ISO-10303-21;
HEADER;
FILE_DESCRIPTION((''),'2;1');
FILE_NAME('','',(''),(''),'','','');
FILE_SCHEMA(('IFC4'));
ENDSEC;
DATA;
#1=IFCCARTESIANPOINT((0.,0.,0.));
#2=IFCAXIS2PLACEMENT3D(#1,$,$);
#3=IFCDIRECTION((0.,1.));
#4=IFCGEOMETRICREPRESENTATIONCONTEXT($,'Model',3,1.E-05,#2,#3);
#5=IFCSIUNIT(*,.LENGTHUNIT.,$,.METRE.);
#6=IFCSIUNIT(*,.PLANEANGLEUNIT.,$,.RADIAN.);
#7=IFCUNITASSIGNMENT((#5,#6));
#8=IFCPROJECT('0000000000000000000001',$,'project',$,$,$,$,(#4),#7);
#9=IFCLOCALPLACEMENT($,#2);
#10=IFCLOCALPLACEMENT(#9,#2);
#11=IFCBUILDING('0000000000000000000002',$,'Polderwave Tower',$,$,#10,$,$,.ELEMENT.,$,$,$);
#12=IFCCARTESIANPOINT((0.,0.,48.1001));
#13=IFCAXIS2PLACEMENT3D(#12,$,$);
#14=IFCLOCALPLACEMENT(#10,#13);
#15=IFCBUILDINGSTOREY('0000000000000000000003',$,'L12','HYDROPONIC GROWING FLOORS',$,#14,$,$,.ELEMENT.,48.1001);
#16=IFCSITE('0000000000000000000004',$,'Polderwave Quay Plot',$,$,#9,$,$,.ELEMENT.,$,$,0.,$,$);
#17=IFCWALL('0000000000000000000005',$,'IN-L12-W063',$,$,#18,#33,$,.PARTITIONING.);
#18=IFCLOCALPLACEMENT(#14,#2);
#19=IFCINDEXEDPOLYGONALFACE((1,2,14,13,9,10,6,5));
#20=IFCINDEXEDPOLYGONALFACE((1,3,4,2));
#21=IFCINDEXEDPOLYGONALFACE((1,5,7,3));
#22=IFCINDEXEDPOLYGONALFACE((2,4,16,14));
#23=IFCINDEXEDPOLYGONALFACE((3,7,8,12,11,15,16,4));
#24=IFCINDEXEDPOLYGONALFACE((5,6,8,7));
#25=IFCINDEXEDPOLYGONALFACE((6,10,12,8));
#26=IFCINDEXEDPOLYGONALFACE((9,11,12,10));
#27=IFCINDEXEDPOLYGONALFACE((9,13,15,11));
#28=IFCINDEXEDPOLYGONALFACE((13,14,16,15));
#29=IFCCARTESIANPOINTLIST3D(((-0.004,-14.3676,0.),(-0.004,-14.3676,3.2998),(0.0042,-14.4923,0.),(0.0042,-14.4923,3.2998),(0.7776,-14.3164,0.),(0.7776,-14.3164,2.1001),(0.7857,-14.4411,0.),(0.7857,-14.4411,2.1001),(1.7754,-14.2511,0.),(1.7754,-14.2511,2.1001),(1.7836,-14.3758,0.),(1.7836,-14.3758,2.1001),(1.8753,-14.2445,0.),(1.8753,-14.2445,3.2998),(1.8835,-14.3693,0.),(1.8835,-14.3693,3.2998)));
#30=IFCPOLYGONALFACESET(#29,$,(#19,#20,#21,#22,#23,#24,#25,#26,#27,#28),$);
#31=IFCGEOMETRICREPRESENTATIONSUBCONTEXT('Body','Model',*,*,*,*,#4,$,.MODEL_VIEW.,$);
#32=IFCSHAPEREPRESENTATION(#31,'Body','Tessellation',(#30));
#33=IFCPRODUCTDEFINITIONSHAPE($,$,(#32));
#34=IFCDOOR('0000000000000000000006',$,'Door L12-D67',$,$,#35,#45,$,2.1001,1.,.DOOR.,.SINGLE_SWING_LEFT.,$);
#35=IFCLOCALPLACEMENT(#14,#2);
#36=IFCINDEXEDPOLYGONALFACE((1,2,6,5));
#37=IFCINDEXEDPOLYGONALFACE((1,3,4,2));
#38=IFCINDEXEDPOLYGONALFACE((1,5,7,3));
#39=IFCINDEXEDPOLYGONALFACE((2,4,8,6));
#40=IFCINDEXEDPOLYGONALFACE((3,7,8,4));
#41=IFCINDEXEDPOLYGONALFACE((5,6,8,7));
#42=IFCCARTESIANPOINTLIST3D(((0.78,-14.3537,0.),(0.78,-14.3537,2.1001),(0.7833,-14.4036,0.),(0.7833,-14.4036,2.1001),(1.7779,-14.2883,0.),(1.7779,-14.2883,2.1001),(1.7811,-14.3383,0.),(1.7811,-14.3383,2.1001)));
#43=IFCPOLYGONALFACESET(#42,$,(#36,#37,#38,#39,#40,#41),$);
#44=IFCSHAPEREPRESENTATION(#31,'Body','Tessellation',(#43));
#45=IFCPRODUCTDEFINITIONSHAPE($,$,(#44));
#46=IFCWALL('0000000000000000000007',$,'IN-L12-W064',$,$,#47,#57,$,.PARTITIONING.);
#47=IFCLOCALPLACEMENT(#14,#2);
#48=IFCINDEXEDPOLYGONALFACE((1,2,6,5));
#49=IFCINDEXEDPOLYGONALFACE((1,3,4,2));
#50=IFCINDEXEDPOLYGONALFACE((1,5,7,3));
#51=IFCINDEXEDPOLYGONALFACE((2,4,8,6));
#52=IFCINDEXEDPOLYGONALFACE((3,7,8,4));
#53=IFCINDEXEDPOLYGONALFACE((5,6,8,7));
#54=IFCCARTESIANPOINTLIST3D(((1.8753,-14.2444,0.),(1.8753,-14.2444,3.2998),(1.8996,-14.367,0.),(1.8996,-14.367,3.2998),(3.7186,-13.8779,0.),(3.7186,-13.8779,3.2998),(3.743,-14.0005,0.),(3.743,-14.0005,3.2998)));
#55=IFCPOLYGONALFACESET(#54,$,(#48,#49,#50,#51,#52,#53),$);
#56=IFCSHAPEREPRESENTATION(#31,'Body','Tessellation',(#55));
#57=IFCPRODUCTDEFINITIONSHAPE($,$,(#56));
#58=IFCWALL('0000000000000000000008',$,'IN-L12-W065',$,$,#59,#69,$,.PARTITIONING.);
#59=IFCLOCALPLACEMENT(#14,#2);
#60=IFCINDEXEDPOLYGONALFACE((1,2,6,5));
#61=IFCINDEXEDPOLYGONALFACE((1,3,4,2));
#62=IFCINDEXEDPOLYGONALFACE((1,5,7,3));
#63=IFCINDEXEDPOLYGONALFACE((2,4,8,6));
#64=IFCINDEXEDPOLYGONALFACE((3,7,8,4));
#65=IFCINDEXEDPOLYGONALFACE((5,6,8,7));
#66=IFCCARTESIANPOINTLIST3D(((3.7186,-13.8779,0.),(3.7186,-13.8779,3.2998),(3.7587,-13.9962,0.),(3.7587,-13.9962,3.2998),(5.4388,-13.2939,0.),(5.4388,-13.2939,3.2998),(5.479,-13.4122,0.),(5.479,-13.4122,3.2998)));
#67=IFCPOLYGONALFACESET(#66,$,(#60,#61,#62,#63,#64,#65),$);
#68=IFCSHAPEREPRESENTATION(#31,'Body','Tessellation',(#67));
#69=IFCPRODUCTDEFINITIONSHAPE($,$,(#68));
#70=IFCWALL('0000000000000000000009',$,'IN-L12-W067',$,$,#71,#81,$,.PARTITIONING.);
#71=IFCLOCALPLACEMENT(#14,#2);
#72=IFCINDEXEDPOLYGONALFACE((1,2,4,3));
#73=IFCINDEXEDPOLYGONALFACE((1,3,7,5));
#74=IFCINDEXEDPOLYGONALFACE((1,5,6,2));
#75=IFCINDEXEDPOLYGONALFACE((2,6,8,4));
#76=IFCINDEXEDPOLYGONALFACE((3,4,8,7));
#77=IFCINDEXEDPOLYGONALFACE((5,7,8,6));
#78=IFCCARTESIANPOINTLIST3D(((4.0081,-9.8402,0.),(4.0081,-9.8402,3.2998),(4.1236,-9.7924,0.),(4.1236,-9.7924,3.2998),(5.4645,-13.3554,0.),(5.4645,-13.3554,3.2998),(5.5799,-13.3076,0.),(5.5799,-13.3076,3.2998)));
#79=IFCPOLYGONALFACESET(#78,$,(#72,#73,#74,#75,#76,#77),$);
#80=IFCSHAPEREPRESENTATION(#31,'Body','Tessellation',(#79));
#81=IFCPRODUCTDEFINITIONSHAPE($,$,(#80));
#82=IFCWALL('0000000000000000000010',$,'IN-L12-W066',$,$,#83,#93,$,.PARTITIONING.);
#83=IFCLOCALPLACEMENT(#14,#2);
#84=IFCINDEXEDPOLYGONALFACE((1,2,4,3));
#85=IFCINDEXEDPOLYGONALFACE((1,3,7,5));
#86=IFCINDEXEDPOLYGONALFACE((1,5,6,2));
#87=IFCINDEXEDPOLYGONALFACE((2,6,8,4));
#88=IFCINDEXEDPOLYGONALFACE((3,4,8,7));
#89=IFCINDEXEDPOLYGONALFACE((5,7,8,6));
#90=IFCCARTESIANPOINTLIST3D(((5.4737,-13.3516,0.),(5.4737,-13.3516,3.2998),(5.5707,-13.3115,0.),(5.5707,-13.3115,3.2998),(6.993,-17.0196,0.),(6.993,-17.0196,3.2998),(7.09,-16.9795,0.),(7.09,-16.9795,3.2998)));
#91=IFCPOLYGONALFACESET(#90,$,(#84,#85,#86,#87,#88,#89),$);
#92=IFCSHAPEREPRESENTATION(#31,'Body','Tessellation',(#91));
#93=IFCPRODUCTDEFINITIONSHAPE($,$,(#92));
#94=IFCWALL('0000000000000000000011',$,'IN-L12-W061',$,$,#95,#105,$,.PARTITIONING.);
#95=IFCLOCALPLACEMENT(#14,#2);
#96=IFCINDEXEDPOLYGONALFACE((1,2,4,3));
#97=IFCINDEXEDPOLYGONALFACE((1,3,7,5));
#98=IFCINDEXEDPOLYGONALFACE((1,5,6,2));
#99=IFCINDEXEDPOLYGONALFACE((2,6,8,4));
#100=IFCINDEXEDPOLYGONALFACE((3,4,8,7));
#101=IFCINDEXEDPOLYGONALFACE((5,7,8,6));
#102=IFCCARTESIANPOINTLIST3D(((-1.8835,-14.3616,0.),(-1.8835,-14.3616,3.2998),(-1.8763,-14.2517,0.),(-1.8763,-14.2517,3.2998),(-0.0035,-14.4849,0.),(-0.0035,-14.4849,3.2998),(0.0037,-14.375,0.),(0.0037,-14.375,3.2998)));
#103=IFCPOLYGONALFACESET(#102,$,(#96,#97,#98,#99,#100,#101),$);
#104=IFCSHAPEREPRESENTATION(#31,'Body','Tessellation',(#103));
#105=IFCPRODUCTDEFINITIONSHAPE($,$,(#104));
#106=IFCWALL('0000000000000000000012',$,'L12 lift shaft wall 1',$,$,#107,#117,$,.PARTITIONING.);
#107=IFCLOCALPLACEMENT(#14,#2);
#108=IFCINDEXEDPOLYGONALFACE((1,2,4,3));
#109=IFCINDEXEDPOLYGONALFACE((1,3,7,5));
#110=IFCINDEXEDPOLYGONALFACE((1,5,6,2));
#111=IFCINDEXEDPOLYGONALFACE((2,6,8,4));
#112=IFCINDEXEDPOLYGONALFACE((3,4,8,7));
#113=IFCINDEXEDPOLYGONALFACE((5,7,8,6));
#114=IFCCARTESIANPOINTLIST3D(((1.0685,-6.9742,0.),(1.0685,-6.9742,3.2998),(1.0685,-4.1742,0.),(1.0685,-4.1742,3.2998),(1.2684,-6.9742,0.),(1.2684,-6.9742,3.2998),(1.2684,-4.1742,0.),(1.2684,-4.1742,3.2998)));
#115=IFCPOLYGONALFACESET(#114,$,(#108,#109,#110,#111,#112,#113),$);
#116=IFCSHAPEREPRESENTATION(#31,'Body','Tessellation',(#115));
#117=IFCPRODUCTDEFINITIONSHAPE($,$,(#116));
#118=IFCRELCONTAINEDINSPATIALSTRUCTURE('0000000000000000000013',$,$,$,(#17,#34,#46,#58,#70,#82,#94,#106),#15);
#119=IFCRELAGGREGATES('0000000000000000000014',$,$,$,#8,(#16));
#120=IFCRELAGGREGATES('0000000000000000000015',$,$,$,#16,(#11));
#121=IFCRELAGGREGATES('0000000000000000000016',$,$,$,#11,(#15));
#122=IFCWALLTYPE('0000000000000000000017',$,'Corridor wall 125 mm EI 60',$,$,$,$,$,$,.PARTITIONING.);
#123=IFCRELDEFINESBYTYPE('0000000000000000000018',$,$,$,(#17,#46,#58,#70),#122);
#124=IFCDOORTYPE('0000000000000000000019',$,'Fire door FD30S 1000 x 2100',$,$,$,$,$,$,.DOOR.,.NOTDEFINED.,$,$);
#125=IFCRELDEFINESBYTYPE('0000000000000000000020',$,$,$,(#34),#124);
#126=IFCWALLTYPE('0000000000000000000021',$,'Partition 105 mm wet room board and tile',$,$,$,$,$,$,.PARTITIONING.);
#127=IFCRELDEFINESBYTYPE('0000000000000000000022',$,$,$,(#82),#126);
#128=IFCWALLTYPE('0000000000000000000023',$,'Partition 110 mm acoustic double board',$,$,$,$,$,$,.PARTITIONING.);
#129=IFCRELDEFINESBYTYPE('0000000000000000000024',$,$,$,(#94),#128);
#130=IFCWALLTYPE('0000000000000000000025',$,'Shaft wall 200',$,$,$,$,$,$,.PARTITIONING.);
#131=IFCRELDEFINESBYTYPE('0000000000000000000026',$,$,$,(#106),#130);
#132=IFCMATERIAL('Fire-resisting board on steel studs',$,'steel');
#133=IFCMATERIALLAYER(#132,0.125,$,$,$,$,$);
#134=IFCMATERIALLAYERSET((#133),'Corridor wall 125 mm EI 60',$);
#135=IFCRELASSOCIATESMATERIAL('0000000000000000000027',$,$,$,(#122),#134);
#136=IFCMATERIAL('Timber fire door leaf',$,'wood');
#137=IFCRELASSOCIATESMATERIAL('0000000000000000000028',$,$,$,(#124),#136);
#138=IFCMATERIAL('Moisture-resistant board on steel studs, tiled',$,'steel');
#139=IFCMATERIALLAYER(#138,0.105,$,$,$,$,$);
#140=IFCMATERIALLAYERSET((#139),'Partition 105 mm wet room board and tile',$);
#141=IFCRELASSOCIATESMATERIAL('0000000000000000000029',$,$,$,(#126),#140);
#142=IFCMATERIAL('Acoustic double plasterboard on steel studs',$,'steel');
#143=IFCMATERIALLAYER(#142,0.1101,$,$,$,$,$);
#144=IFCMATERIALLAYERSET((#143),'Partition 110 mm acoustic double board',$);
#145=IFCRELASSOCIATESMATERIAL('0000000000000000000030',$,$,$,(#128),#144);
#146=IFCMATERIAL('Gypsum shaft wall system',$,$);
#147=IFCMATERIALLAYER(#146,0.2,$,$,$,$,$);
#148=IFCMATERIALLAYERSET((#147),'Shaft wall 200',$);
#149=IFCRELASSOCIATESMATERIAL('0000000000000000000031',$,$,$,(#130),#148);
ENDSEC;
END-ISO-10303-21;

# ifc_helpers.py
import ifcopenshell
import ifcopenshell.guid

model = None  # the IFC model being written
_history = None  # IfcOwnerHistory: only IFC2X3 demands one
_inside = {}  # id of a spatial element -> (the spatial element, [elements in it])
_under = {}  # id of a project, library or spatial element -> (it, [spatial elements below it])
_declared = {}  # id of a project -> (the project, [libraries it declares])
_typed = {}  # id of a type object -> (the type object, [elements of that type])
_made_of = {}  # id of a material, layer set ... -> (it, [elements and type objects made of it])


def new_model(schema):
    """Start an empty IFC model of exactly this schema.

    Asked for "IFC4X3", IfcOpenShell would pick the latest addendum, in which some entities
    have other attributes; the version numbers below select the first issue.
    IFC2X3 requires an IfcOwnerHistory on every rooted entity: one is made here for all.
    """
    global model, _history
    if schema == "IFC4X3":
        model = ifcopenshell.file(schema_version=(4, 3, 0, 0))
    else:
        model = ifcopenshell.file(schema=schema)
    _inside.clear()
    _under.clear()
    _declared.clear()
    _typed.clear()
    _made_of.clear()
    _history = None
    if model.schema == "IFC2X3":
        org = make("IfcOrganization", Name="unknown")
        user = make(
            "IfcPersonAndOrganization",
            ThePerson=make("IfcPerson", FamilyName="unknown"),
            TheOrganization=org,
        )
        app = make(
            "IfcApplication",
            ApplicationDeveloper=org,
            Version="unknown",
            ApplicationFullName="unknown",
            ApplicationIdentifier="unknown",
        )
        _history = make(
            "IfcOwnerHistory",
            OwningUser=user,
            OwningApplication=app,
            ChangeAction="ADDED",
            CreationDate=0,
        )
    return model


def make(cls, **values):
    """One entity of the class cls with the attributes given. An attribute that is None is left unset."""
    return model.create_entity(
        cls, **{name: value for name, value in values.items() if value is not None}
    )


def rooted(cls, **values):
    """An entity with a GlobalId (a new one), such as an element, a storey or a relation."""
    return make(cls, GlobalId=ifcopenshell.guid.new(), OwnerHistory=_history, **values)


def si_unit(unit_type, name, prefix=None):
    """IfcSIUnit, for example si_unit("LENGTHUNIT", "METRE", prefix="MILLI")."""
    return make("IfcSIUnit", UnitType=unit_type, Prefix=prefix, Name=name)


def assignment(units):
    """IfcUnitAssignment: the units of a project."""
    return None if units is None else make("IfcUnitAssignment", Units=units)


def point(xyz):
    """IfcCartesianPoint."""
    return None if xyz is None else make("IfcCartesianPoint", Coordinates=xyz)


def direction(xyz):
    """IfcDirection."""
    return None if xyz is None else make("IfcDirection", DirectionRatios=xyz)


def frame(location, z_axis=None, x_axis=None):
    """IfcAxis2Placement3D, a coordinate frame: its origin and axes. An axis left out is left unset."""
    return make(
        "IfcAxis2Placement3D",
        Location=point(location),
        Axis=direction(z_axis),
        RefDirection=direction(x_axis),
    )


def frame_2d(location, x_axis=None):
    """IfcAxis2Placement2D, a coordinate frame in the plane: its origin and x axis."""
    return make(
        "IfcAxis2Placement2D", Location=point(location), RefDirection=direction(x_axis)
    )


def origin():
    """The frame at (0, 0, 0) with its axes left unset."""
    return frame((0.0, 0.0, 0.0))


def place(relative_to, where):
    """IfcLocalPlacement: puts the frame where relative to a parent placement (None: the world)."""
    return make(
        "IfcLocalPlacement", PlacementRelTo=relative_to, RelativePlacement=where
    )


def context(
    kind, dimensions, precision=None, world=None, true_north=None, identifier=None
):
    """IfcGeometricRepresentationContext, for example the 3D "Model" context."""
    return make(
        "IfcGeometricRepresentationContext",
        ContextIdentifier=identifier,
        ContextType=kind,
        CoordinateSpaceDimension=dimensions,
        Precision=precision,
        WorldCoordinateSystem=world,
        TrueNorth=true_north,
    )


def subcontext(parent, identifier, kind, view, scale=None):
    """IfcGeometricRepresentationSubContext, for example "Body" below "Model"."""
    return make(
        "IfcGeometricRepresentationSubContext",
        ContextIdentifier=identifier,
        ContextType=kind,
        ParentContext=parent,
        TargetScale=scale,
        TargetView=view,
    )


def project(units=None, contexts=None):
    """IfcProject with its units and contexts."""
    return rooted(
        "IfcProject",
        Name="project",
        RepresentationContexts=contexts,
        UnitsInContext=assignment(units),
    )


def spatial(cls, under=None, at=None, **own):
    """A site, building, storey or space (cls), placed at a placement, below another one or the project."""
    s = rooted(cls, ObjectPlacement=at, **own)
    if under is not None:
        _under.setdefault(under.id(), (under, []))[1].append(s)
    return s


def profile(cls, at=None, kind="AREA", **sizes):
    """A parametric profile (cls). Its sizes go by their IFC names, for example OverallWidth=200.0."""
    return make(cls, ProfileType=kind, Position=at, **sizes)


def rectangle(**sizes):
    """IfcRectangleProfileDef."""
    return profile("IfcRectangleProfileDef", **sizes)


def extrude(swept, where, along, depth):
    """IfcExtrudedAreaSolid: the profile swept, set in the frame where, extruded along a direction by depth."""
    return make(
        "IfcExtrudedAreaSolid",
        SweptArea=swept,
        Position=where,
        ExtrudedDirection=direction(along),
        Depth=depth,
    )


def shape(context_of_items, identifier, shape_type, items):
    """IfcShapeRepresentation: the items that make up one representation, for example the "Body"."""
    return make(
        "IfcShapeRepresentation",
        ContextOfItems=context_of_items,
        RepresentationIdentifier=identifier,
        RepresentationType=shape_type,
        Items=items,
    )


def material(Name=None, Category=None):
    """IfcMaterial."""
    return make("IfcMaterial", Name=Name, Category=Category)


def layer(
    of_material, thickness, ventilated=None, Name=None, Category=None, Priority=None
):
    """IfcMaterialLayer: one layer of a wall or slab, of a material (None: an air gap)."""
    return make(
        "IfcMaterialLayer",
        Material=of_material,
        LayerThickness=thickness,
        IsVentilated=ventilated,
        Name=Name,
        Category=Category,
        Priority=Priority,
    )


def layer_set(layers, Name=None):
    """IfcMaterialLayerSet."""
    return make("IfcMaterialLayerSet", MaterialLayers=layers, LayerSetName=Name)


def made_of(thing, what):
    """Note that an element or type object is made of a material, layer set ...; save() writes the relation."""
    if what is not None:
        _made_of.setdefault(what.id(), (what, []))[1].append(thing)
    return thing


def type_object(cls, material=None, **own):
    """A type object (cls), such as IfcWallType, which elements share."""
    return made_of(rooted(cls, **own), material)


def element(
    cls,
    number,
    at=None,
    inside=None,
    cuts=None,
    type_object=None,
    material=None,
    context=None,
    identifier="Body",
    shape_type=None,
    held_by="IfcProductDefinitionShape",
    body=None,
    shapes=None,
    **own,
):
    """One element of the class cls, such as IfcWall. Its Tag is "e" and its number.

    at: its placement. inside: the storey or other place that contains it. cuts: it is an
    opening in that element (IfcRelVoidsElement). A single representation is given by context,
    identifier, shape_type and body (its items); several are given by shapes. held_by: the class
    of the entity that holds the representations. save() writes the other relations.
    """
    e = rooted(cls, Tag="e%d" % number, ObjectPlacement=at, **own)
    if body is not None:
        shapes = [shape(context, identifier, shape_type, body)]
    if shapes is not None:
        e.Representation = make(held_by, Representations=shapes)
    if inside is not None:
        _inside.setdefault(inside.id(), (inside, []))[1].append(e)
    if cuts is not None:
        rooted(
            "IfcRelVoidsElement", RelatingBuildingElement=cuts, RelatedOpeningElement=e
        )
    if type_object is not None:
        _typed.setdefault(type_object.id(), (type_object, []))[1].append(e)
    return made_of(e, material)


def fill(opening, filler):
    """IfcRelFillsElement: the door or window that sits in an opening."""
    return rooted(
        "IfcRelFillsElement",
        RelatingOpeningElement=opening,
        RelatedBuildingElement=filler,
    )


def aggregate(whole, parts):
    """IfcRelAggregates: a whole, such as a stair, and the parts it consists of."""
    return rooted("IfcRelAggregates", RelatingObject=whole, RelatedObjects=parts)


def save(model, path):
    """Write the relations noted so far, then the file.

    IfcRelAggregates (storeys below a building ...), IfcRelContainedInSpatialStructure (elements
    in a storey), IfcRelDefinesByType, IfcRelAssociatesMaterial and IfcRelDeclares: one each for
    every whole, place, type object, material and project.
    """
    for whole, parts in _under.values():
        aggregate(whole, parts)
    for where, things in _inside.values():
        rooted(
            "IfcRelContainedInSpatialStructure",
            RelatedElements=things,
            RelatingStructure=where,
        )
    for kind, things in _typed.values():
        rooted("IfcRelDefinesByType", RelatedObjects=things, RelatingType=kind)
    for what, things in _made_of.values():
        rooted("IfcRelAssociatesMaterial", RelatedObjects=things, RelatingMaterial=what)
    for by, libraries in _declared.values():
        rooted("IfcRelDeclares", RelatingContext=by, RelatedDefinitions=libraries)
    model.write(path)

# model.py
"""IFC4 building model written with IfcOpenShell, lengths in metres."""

from ifc_helpers import new_model, si_unit, direction, frame, frame_2d, origin, place, context, subcontext, project, spatial, rectangle, extrude, material, layer, layer_set, type_object, element, fill, save


model = new_model("IFC4")

# Units and contexts
model_context = context("Model", 3, precision=1e-05, world=origin(), true_north=direction((0.0, 1.0)))
body_context = subcontext(model_context, "Body", "Model", "MODEL_VIEW")
ifc_project = project(units=[si_unit("LENGTHUNIT", "METRE"), si_unit("PLANEANGLEUNIT", "RADIAN")], contexts=[model_context])

# Site, building, storey
site_placement = place(None, origin())
site = spatial("IfcSite", under=ifc_project, at=site_placement, Name="Polderwave Quay Plot", CompositionType="ELEMENT", RefElevation=0.0)
building_placement = place(site_placement, origin())
building = spatial("IfcBuilding", under=site, at=building_placement, Name="Polderwave Tower", CompositionType="ELEMENT")
storey_placement = place(building_placement, frame((0.0, 0.0, 48.1001)))
storey = spatial("IfcBuildingStorey", under=building, at=storey_placement, Name="L12", Description="HYDROPONIC GROWING FLOORS", CompositionType="ELEMENT", Elevation=48.1001)

# Shared definitions
ifc_material_1 = material(Name="Fire-resisting board on steel studs", Category="steel")
ifc_layer_1 = layer(ifc_material_1, 0.125)
ifc_layer_set_1 = layer_set([ifc_layer_1], Name="Corridor wall 125 mm EI 60")
wall_type_1 = type_object("IfcWallType", Name="Corridor wall 125 mm EI 60", PredefinedType="PARTITIONING", material=ifc_layer_set_1)

# Wall, opening, door
ifc_material_2 = material(Name="Timber fire door leaf", Category="wood")
door_type = type_object("IfcDoorType", Name="Fire door FD30S 1000 x 2100", OperationType="NOTDEFINED", PredefinedType="DOOR", material=ifc_material_2)
wall_1_placement = place(storey_placement, frame((1.8794, -14.3069, 0.0), z_axis=(0.0, 0.0, 1.0), x_axis=(-0.997864, -0.065332, 0.0)))
wall_1 = element("IfcWall", 1, at=wall_1_placement, inside=storey, type_object=wall_type_1, Name="IN-L12-W063", PredefinedType="PARTITIONING", context=body_context, shape_type="SweptSolid", body=[
    extrude(rectangle(XDim=1.8833, YDim=0.125, at=frame_2d((0.9417, 0.0))), origin(), (0.0, 0.0, 1.0), 3.2998),
])
opening_1_placement = place(wall_1_placement, frame((0.1001, 0.0, 0.0)))
opening_1 = element("IfcOpeningElement", 2, at=opening_1_placement, cuts=wall_1, PredefinedType="OPENING", context=body_context, shape_type="SweptSolid", body=[
    extrude(rectangle(XDim=1.0, YDim=2.1001, at=frame_2d((0.5, 1.05))), frame((0.0, 0.0725, 0.0), z_axis=(0.0, -1.0, 0.0), x_axis=(1.0, 0.0, 0.0)), (0.0, 0.0, 1.0), 0.145),
])
door_1_placement = place(opening_1_placement, origin())
door_1 = element("IfcDoor", 3, at=door_1_placement, inside=storey, type_object=door_type, Name="Door L12-D67", OperationType="SINGLE_SWING_LEFT", OverallHeight=2.1001, OverallWidth=1.0, PredefinedType="DOOR", context=body_context, shape_type="SweptSolid", body=[
    extrude(rectangle(XDim=1.0, YDim=2.1001, at=frame_2d((0.5, 1.05))), frame((0.0, 0.0249, 0.0), z_axis=(0.0, -1.0, 0.0), x_axis=(1.0, 0.0, 0.0)), (0.0, 0.0, 1.0), 0.05),
])
fill(opening_1, door_1)

# Walls
wall_2_placement = place(storey_placement, frame((1.8875, -14.3057, 0.0), z_axis=(0.0, 0.0, 1.0), x_axis=(0.980805, 0.194992, 0.0)))
element("IfcWall", 4, at=wall_2_placement, inside=storey, type_object=wall_type_1, Name="IN-L12-W064", PredefinedType="PARTITIONING", context=body_context, shape_type="SweptSolid", body=[
    extrude(rectangle(XDim=1.8794, YDim=0.125, at=frame_2d((0.9397, 0.0))), origin(), (0.0, 0.0, 1.0), 3.2998),
])
wall_3_placement = place(storey_placement, frame((3.7388, -13.937, 0.0), z_axis=(0.0, 0.0, 1.0), x_axis=(0.946922, 0.321464, 0.0)))
element("IfcWall", 5, at=wall_3_placement, inside=storey, type_object=wall_type_1, Name="IN-L12-W065", PredefinedType="PARTITIONING", context=body_context, shape_type="SweptSolid", body=[
    extrude(rectangle(XDim=1.8167, YDim=0.125, at=frame_2d((0.9082, 0.0))), origin(), (0.0, 0.0, 1.0), 3.2998),
])
wall_4_placement = place(storey_placement, frame((4.0659, -9.8164, 0.0), z_axis=(0.0, 0.0, 1.0), x_axis=(0.382747, -0.923853, 0.0)))
element("IfcWall", 6, at=wall_4_placement, inside=storey, type_object=wall_type_1, Name="IN-L12-W067", PredefinedType="PARTITIONING", context=body_context, shape_type="SweptSolid", body=[
    extrude(rectangle(XDim=3.8049, YDim=0.125, at=frame_2d((1.9023, 0.0))), origin(), (0.0, 0.0, 1.0), 3.2998),
])
ifc_material_3 = material(Name="Moisture-resistant board on steel studs, tiled", Category="steel")
ifc_layer_2 = layer(ifc_material_3, 0.105)
ifc_layer_set_2 = layer_set([ifc_layer_2], Name="Partition 105 mm wet room board and tile")
wall_type_2 = type_object("IfcWallType", Name="Partition 105 mm wet room board and tile", PredefinedType="PARTITIONING", material=ifc_layer_set_2)
wall_5_placement = place(storey_placement, frame((5.5222, -13.3315, 0.0), z_axis=(0.0, 0.0, 1.0), x_axis=(0.382676, -0.923883, 0.0)))
element("IfcWall", 7, at=wall_5_placement, inside=storey, type_object=wall_type_2, Name="IN-L12-W066", PredefinedType="PARTITIONING", context=body_context, shape_type="SweptSolid", body=[
    extrude(rectangle(XDim=3.9702, YDim=0.105, at=frame_2d((1.9851, 0.0))), origin(), (0.0, 0.0, 1.0), 3.2998),
])
ifc_material_4 = material(Name="Acoustic double plasterboard on steel studs", Category="steel")
ifc_layer_3 = layer(ifc_material_4, 0.1101)
ifc_layer_set_3 = layer_set([ifc_layer_3], Name="Partition 110 mm acoustic double board")
wall_type_3 = type_object("IfcWallType", Name="Partition 110 mm acoustic double board", PredefinedType="PARTITIONING", material=ifc_layer_set_3)
wall_6_placement = place(storey_placement, frame((0.0, -14.4299, 0.0), z_axis=(0.0, 0.0, 1.0), x_axis=(-0.997856, 0.065444, 0.0)))
element("IfcWall", 8, at=wall_6_placement, inside=storey, type_object=wall_type_3, Name="IN-L12-W061", PredefinedType="PARTITIONING", context=body_context, shape_type="SweptSolid", body=[
    extrude(rectangle(XDim=1.884, YDim=0.1101, at=frame_2d((0.9419, 0.0))), origin(), (0.0, 0.0, 1.0), 3.2998),
])
ifc_material_5 = material(Name="Gypsum shaft wall system")
ifc_layer_4 = layer(ifc_material_5, 0.2)
ifc_layer_set_4 = layer_set([ifc_layer_4], Name="Shaft wall 200")
wall_type_4 = type_object("IfcWallType", Name="Shaft wall 200", PredefinedType="PARTITIONING", material=ifc_layer_set_4)
wall_7_placement = place(storey_placement, frame((1.1685, -6.9741, 0.0), z_axis=(0.0, 0.0, 1.0), x_axis=(0.0, 1.0, 0.0)))
element("IfcWall", 9, at=wall_7_placement, inside=storey, type_object=wall_type_4, Name="L12 lift shaft wall 1", PredefinedType="PARTITIONING", context=body_context, shape_type="SweptSolid", body=[
    extrude(rectangle(XDim=2.8, YDim=0.2, at=frame_2d((1.3999, 0.0))), origin(), (0.0, 0.0, 1.0), 3.2998),
])

save(model, "model.ifc")
